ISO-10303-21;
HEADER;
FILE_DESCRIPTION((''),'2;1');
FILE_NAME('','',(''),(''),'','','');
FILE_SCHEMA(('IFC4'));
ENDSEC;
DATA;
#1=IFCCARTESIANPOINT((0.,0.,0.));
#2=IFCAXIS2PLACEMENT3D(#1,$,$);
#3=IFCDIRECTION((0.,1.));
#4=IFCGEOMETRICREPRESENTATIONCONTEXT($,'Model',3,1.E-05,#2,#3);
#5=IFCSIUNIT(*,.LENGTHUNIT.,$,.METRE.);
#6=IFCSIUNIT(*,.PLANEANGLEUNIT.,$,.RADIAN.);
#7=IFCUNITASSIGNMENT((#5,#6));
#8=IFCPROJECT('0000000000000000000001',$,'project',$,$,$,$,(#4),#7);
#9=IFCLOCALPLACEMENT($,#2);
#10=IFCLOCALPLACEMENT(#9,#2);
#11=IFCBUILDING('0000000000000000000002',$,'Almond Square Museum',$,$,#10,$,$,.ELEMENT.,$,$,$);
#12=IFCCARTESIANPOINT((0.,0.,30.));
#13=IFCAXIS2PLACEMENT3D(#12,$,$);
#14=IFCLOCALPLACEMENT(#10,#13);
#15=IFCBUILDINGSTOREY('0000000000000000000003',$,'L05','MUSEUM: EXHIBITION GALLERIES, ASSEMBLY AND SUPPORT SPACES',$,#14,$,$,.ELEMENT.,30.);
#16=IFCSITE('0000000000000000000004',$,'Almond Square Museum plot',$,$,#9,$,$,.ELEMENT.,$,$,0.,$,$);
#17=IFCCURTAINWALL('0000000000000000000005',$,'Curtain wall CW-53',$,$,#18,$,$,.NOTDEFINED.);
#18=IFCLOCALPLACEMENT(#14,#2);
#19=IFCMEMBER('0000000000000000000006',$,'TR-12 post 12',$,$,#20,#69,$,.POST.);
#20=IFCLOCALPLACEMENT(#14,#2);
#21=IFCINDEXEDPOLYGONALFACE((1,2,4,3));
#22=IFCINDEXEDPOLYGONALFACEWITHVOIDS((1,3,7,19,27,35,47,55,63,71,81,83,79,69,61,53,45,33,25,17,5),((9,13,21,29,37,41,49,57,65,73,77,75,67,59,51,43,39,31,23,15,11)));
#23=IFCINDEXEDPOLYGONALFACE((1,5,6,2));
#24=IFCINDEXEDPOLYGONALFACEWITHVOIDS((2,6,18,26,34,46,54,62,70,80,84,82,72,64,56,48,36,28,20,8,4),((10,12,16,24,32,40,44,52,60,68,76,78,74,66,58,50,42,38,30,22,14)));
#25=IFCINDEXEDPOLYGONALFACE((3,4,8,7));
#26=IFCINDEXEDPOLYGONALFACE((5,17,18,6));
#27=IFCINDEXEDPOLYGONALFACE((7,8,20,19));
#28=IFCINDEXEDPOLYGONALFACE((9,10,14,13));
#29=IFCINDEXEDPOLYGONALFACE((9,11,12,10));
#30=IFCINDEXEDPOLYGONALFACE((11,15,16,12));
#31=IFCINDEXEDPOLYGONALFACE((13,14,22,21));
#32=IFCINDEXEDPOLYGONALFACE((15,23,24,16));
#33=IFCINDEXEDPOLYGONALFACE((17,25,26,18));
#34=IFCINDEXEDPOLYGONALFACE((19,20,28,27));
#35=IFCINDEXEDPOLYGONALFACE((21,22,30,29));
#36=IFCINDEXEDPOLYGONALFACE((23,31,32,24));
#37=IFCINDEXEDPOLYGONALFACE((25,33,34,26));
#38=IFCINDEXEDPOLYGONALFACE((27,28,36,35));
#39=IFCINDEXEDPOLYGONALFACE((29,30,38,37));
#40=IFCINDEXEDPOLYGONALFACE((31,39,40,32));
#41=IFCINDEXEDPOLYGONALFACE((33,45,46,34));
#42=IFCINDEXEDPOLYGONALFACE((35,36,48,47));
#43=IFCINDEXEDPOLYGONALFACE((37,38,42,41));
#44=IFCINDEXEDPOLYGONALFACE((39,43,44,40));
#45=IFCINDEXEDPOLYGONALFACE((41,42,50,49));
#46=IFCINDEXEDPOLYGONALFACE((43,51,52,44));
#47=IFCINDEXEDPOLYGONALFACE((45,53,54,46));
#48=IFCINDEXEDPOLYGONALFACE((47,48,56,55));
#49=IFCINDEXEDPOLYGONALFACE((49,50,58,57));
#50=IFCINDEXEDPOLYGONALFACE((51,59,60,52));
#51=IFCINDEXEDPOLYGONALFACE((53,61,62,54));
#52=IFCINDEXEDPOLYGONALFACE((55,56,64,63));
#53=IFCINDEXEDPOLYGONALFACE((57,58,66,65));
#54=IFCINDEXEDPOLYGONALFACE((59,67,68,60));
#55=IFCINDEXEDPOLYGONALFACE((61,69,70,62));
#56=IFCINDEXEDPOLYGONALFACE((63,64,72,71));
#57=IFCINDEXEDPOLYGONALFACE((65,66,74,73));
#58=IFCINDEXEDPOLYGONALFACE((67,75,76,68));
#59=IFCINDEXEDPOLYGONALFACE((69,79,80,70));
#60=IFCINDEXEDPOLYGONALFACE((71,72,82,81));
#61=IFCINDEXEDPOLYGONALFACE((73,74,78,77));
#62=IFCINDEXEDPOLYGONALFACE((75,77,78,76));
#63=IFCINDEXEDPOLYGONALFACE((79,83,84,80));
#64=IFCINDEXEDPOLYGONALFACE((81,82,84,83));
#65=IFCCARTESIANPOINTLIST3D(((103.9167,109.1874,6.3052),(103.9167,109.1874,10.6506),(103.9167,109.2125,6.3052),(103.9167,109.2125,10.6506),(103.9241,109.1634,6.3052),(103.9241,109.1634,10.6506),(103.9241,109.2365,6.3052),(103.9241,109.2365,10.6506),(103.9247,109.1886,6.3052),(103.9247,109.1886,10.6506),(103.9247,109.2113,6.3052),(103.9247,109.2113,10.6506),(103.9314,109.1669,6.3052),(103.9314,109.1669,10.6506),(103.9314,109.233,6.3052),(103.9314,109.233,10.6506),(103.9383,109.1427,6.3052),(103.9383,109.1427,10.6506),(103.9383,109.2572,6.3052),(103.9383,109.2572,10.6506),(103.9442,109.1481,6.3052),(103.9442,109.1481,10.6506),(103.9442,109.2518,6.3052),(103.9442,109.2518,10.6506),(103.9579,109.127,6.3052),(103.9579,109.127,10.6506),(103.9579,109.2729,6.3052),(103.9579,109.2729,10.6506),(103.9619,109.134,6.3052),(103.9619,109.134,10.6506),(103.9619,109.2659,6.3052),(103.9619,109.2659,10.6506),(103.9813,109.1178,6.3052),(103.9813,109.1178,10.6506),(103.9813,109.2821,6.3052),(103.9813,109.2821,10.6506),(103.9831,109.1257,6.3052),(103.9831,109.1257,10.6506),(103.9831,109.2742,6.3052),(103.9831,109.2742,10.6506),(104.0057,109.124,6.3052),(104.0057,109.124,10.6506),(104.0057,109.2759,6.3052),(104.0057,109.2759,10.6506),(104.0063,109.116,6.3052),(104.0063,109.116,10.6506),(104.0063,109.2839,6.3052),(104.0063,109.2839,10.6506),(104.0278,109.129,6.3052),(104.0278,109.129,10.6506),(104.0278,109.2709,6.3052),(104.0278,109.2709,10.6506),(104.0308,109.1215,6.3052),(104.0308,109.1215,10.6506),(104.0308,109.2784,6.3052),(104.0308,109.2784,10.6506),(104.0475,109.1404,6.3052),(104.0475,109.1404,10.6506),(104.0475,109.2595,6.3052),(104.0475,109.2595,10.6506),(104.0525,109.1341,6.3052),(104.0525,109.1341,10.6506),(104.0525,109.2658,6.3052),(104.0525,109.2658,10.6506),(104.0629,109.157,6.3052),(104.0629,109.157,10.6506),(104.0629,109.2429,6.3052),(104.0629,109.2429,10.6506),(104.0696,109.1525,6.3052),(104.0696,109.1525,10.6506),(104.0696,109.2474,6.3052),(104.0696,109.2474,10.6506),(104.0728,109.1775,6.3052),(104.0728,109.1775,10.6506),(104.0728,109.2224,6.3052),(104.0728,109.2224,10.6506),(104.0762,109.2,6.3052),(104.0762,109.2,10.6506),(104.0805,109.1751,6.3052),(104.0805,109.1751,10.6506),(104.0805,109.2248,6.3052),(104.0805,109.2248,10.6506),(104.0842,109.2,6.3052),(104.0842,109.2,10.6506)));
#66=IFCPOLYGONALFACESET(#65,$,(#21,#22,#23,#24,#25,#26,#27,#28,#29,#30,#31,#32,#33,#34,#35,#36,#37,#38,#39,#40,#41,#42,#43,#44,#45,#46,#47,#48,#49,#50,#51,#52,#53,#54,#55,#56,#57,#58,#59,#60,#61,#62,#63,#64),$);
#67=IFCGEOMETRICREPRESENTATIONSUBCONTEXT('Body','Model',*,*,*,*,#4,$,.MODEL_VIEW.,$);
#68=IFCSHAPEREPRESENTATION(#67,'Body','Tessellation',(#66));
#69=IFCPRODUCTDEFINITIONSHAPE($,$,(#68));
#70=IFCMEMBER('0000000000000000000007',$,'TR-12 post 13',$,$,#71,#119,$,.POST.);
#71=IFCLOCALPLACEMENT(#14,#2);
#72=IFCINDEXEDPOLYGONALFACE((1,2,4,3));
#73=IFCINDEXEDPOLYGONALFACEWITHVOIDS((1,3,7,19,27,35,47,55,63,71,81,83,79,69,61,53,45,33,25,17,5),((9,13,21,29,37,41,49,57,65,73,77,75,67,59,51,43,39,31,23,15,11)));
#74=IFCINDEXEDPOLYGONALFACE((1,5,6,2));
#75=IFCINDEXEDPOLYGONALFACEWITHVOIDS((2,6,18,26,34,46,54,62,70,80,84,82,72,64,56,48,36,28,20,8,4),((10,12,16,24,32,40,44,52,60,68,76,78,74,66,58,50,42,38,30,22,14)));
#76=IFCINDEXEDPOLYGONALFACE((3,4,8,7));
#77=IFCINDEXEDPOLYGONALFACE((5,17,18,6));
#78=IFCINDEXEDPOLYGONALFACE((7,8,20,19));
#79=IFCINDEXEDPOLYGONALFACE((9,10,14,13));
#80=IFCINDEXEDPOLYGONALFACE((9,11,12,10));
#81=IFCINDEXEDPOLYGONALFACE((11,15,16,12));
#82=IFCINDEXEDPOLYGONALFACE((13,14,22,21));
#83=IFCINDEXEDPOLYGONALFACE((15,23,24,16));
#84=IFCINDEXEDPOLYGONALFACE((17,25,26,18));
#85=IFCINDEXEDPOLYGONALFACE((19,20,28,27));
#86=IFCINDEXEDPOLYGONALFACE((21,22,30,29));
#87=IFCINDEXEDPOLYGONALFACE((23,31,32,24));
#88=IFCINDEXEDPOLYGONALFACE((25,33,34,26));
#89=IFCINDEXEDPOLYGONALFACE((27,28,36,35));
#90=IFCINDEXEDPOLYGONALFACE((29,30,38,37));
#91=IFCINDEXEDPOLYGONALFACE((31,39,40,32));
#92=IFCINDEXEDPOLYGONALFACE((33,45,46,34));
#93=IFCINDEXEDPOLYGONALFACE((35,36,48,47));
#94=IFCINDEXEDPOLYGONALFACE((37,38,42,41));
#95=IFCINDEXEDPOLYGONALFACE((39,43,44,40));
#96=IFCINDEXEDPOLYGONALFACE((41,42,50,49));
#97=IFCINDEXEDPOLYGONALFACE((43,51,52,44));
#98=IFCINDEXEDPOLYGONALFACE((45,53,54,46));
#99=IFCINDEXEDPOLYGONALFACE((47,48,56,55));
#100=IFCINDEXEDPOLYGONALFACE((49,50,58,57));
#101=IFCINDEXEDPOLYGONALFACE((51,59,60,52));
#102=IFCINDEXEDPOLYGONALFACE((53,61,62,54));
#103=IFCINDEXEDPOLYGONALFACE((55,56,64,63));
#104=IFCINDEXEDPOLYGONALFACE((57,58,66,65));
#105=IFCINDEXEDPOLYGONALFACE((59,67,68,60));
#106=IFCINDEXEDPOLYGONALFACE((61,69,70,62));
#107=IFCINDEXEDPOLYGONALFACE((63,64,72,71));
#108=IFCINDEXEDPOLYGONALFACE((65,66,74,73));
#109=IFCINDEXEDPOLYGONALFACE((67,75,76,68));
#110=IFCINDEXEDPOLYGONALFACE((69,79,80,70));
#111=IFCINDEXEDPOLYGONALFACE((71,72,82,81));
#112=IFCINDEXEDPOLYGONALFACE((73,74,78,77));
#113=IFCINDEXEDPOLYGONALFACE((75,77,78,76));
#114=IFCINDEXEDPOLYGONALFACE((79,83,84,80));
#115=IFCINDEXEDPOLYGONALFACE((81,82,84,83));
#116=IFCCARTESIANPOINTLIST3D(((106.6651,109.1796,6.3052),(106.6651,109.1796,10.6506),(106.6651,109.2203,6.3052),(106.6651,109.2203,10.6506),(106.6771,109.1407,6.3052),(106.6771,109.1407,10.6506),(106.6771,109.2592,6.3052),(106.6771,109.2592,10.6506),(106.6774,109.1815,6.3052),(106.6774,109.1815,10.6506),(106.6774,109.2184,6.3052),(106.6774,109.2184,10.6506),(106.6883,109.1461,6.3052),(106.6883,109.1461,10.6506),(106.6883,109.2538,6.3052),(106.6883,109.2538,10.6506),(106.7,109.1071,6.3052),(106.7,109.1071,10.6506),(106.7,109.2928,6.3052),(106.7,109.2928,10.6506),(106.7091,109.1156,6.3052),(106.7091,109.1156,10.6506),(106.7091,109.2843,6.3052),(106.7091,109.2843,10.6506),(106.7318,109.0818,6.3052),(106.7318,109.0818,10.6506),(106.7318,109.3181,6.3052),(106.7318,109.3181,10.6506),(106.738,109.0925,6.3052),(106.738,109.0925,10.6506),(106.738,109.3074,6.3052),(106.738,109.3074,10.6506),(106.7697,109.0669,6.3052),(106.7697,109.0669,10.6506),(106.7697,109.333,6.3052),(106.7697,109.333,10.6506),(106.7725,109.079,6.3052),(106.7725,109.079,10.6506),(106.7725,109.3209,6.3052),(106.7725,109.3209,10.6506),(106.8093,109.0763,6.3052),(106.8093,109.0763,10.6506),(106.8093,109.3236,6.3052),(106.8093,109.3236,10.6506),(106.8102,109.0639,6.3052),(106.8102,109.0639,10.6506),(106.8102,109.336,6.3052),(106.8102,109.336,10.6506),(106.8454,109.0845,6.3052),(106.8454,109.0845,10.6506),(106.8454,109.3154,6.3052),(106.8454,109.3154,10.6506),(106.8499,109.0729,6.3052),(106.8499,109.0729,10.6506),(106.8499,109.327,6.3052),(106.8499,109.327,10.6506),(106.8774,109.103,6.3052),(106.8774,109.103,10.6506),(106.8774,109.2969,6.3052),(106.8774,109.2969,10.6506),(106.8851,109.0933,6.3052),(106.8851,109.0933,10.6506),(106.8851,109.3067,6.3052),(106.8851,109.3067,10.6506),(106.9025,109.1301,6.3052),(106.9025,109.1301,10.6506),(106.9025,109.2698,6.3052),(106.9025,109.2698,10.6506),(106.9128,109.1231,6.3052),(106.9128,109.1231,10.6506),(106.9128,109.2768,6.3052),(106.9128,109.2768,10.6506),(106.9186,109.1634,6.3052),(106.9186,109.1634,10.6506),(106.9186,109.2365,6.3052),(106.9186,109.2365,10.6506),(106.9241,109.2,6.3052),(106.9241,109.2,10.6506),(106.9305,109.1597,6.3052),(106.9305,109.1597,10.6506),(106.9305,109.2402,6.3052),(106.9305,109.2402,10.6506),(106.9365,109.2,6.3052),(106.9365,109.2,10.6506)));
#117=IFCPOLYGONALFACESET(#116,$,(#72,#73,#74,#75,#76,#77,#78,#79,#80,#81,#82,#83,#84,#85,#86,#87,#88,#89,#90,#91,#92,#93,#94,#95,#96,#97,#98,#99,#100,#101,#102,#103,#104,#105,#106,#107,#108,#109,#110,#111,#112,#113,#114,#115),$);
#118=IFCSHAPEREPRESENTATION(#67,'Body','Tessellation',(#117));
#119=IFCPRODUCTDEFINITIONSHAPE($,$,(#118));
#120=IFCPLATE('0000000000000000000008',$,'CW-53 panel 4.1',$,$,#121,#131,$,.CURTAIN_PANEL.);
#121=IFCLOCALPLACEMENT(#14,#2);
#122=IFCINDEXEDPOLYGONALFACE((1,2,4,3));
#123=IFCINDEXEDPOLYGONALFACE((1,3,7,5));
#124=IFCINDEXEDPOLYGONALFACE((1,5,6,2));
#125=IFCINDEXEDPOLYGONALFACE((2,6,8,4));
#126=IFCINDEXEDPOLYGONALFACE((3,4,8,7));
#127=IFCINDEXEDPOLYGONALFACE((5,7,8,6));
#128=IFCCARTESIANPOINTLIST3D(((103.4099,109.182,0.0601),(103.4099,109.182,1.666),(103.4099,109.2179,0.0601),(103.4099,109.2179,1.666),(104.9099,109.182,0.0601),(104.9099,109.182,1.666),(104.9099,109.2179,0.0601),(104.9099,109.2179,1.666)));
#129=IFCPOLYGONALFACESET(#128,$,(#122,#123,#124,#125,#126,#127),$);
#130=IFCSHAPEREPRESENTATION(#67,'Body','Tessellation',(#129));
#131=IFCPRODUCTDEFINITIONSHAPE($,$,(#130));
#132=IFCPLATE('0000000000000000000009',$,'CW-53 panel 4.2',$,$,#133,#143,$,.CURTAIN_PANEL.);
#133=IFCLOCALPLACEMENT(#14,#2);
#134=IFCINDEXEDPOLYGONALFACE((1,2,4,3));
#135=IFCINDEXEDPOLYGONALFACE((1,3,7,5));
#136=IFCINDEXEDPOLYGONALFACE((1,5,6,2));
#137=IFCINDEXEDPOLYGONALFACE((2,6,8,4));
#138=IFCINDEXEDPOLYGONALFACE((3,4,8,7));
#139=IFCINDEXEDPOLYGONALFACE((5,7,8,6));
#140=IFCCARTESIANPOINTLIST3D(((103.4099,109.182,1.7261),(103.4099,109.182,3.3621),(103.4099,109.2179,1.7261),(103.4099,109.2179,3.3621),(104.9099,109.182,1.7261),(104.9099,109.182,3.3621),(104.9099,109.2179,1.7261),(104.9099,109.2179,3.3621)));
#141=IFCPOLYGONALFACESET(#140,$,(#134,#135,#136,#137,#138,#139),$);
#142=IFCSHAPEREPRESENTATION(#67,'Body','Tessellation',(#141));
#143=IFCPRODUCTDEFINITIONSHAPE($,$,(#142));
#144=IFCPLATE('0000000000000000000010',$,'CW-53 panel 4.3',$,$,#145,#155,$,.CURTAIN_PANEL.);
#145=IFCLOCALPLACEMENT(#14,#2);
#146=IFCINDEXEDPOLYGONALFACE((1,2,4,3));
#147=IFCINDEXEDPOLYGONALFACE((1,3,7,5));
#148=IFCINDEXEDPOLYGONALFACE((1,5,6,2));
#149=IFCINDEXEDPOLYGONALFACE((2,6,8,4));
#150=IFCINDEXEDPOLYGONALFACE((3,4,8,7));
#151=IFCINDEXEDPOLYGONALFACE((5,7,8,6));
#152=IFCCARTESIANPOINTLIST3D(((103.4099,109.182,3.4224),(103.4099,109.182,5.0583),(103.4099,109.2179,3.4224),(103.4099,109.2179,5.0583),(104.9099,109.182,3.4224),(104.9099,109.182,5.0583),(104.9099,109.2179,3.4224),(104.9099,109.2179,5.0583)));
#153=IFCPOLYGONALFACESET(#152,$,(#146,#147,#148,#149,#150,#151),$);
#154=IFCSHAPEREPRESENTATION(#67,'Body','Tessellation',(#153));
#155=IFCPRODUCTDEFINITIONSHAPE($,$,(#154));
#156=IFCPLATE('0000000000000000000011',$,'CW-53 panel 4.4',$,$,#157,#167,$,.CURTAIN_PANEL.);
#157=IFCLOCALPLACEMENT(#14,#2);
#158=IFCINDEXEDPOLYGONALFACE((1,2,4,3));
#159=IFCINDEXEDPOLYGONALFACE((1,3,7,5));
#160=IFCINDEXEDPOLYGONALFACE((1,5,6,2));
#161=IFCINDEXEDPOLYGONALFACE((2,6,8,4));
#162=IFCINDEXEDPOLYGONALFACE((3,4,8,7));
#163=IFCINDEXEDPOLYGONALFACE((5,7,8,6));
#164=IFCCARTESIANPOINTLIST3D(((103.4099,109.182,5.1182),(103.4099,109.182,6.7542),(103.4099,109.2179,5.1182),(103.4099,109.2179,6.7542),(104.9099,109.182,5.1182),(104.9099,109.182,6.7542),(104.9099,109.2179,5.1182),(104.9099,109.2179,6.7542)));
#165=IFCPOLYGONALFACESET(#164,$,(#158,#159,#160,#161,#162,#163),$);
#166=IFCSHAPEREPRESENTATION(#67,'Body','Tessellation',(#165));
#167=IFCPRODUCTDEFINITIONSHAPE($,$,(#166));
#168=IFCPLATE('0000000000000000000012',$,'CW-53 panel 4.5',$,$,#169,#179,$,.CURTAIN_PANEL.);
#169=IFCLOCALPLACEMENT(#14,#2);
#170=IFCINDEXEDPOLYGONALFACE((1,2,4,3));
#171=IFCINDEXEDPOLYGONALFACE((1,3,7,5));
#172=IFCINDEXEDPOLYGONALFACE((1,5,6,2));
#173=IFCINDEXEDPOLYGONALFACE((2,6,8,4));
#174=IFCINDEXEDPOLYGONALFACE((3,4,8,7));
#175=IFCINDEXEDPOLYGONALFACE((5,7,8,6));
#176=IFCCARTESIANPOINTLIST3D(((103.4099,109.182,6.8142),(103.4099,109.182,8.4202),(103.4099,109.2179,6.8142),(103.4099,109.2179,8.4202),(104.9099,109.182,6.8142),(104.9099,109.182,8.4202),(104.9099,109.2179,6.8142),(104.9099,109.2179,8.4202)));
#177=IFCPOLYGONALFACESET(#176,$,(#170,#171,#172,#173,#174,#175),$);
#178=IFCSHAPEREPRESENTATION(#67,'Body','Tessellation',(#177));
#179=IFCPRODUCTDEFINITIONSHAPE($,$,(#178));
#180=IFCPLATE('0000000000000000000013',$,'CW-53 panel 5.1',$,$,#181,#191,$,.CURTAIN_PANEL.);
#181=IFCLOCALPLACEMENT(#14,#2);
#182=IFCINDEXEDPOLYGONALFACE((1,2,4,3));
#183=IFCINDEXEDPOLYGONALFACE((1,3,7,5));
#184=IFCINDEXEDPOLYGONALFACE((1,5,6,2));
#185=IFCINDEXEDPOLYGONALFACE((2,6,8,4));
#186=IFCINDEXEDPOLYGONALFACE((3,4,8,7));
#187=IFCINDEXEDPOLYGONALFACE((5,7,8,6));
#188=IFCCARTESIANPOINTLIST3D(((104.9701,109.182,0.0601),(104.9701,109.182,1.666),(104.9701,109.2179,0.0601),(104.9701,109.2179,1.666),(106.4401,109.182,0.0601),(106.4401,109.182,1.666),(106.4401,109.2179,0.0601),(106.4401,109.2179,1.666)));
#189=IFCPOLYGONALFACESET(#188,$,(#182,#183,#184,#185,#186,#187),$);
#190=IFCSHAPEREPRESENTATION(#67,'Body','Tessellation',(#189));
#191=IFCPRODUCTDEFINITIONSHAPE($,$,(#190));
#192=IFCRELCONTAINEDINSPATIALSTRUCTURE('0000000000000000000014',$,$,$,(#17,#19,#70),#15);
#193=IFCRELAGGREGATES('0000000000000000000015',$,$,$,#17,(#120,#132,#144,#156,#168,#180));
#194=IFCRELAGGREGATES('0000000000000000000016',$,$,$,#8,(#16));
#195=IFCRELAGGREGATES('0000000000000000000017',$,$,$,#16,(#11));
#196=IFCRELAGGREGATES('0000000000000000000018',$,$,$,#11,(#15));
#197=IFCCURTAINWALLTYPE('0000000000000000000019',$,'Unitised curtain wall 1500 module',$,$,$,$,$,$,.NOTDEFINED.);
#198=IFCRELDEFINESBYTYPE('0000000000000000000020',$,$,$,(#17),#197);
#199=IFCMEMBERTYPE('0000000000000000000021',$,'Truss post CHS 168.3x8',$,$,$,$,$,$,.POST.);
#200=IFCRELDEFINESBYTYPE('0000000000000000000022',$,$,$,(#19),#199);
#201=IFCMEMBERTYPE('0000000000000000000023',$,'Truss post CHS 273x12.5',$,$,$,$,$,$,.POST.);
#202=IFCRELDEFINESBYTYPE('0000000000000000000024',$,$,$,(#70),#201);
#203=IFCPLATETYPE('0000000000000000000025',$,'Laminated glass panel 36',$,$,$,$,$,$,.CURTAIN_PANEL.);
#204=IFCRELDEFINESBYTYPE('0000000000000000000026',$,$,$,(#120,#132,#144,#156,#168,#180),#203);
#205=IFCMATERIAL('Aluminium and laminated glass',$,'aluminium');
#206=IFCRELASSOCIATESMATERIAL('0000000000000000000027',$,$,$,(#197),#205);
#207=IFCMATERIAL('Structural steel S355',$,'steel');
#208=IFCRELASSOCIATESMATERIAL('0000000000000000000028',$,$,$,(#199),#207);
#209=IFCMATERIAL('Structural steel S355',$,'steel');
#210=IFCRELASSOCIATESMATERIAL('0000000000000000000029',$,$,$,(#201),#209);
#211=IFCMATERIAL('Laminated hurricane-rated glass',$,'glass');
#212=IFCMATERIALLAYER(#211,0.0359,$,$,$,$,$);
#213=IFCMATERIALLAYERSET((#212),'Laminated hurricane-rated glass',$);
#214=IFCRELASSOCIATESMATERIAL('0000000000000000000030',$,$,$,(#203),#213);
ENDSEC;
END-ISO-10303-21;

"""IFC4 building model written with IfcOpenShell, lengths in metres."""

from ifc_helpers import new_model, si_unit, direction, frame, origin, origin_2d, place, context, subcontext, project, spatial, rectangle, hollow_circle, extrude, material, layer, layer_set, material_profile, profile_set, type_object, element, aggregate, save


model = new_model("IFC4")

# Units and contexts
model_context = context("Model", 3, precision=1e-05, world=origin(), true_north=direction((0.0, 1.0)))
body_context = subcontext(model_context, "Body", "Model", "MODEL_VIEW")
ifc_project = project(units=[si_unit("LENGTHUNIT", "METRE"), si_unit("PLANEANGLEUNIT", "RADIAN")], contexts=[model_context])

# Site, building, storey
site_placement = place(None, origin())
site = spatial("IfcSite", under=ifc_project, at=site_placement, Name="Almond Square Museum plot", CompositionType="ELEMENT", RefElevation=0.0)
building_placement = place(site_placement, origin())
building = spatial("IfcBuilding", under=site, at=building_placement, Name="Almond Square Museum", CompositionType="ELEMENT")
storey_placement = place(building_placement, frame((0.0, 0.0, 30.0)))
storey = spatial("IfcBuildingStorey", under=building, at=storey_placement, Name="L05", Description="MUSEUM: EXHIBITION GALLERIES, ASSEMBLY AND SUPPORT SPACES", CompositionType="ELEMENT", Elevation=30.0)

# Curtain wall
ifc_material_1 = material(Name="Aluminium and laminated glass", Category="aluminium")
curtain_wall_type = type_object("IfcCurtainWallType", Name="Unitised curtain wall 1500 module", PredefinedType="NOTDEFINED", material=ifc_material_1)
curtain_wall_placement = place(storey_placement, origin())
curtain_wall = element("IfcCurtainWall", 1, at=curtain_wall_placement, inside=storey, type_object=curtain_wall_type, Name="Curtain wall CW-53", PredefinedType="NOTDEFINED")

# Members
ifc_material_2 = material(Name="Structural steel S355", Category="steel")
ifc_material_profile_1 = material_profile(ifc_material_2, hollow_circle(Radius=0.0842, WallThickness=0.0081, at=origin_2d()))
ifc_profile_set_1 = profile_set([ifc_material_profile_1], Name="Structural steel S355")
member_type_1 = type_object("IfcMemberType", Name="Truss post CHS 168.3x8", PredefinedType="POST", material=ifc_profile_set_1)
member_1_placement = place(storey_placement, frame((104.0, 109.2, 6.3052), z_axis=(0.0, 0.0, 1.0), x_axis=(1.0, 0.0, 0.0)))
element("IfcMember", 2, at=member_1_placement, inside=storey, type_object=member_type_1, Name="TR-12 post 12", PredefinedType="POST", context=body_context, shape_type="SweptSolid", body=[
    extrude(hollow_circle(Radius=0.0842, WallThickness=0.0081, at=origin_2d()), origin(), (0.0, 0.0, 1.0), 4.3455),
])
ifc_material_3 = material(Name="Structural steel S355", Category="steel")
ifc_material_profile_2 = material_profile(ifc_material_3, hollow_circle(Radius=0.1365, WallThickness=0.0125, at=origin_2d()))
ifc_profile_set_2 = profile_set([ifc_material_profile_2], Name="Structural steel S355")
member_type_2 = type_object("IfcMemberType", Name="Truss post CHS 273x12.5", PredefinedType="POST", material=ifc_profile_set_2)
member_2_placement = place(storey_placement, frame((106.8, 109.2, 6.3052), z_axis=(0.0, 0.0, 1.0), x_axis=(1.0, 0.0, 0.0)))
element("IfcMember", 3, at=member_2_placement, inside=storey, type_object=member_type_2, Name="TR-12 post 13", PredefinedType="POST", context=body_context, shape_type="SweptSolid", body=[
    extrude(hollow_circle(Radius=0.1365, WallThickness=0.0125, at=origin_2d()), origin(), (0.0, 0.0, 1.0), 4.3455),
])

# Plates
ifc_material_4 = material(Name="Laminated hurricane-rated glass", Category="glass")
ifc_layer = layer(ifc_material_4, 0.0359)
ifc_layer_set = layer_set([ifc_layer], Name="Laminated hurricane-rated glass")
plate_type = type_object("IfcPlateType", Name="Laminated glass panel 36", PredefinedType="CURTAIN_PANEL", material=ifc_layer_set)
plate_1_placement = place(storey_placement, frame((104.1599, 109.2, 0.0601), z_axis=(0.0, 0.0, 1.0), x_axis=(1.0, 0.0, 0.0)))
plate_1 = element("IfcPlate", 4, at=plate_1_placement, type_object=plate_type, Name="CW-53 panel 4.1", PredefinedType="CURTAIN_PANEL", context=body_context, shape_type="SweptSolid", body=[
    extrude(rectangle(XDim=1.5, YDim=0.0359, at=origin_2d()), origin(), (0.0, 0.0, 1.0), 1.606),
])
plate_2_placement = place(storey_placement, frame((104.1599, 109.2, 1.7261), z_axis=(0.0, 0.0, 1.0), x_axis=(1.0, 0.0, 0.0)))
plate_2 = element("IfcPlate", 5, at=plate_2_placement, type_object=plate_type, Name="CW-53 panel 4.2", PredefinedType="CURTAIN_PANEL", context=body_context, shape_type="SweptSolid", body=[
    extrude(rectangle(XDim=1.5, YDim=0.0359, at=origin_2d()), origin(), (0.0, 0.0, 1.0), 1.636),
])
plate_3_placement = place(storey_placement, frame((104.1599, 109.2, 3.4224), z_axis=(0.0, 0.0, 1.0), x_axis=(1.0, 0.0, 0.0)))
plate_3 = element("IfcPlate", 6, at=plate_3_placement, type_object=plate_type, Name="CW-53 panel 4.3", PredefinedType="CURTAIN_PANEL", context=body_context, shape_type="SweptSolid", body=[
    extrude(rectangle(XDim=1.5, YDim=0.0359, at=origin_2d()), origin(), (0.0, 0.0, 1.0), 1.636),
])
plate_4_placement = place(storey_placement, frame((104.1599, 109.2, 5.1182), z_axis=(0.0, 0.0, 1.0), x_axis=(1.0, 0.0, 0.0)))
plate_4 = element("IfcPlate", 7, at=plate_4_placement, type_object=plate_type, Name="CW-53 panel 4.4", PredefinedType="CURTAIN_PANEL", context=body_context, shape_type="SweptSolid", body=[
    extrude(rectangle(XDim=1.5, YDim=0.0359, at=origin_2d()), origin(), (0.0, 0.0, 1.0), 1.636),
])
plate_5_placement = place(storey_placement, frame((104.1599, 109.2, 6.8142), z_axis=(0.0, 0.0, 1.0), x_axis=(1.0, 0.0, 0.0)))
plate_5 = element("IfcPlate", 8, at=plate_5_placement, type_object=plate_type, Name="CW-53 panel 4.5", PredefinedType="CURTAIN_PANEL", context=body_context, shape_type="SweptSolid", body=[
    extrude(rectangle(XDim=1.5, YDim=0.0359, at=origin_2d()), origin(), (0.0, 0.0, 1.0), 1.606),
])
plate_6_placement = place(storey_placement, frame((105.7051, 109.2, 0.0601), z_axis=(0.0, 0.0, 1.0), x_axis=(1.0, 0.0, 0.0)))
plate_6 = element("IfcPlate", 9, at=plate_6_placement, type_object=plate_type, Name="CW-53 panel 5.1", PredefinedType="CURTAIN_PANEL", context=body_context, shape_type="SweptSolid", body=[
    extrude(rectangle(XDim=1.47, YDim=0.0359, at=origin_2d()), origin(), (0.0, 0.0, 1.0), 1.606),
])
aggregate(curtain_wall, [plate_1, plate_2, plate_3, plate_4, plate_5, plate_6])

save(model, "model.ifc")
